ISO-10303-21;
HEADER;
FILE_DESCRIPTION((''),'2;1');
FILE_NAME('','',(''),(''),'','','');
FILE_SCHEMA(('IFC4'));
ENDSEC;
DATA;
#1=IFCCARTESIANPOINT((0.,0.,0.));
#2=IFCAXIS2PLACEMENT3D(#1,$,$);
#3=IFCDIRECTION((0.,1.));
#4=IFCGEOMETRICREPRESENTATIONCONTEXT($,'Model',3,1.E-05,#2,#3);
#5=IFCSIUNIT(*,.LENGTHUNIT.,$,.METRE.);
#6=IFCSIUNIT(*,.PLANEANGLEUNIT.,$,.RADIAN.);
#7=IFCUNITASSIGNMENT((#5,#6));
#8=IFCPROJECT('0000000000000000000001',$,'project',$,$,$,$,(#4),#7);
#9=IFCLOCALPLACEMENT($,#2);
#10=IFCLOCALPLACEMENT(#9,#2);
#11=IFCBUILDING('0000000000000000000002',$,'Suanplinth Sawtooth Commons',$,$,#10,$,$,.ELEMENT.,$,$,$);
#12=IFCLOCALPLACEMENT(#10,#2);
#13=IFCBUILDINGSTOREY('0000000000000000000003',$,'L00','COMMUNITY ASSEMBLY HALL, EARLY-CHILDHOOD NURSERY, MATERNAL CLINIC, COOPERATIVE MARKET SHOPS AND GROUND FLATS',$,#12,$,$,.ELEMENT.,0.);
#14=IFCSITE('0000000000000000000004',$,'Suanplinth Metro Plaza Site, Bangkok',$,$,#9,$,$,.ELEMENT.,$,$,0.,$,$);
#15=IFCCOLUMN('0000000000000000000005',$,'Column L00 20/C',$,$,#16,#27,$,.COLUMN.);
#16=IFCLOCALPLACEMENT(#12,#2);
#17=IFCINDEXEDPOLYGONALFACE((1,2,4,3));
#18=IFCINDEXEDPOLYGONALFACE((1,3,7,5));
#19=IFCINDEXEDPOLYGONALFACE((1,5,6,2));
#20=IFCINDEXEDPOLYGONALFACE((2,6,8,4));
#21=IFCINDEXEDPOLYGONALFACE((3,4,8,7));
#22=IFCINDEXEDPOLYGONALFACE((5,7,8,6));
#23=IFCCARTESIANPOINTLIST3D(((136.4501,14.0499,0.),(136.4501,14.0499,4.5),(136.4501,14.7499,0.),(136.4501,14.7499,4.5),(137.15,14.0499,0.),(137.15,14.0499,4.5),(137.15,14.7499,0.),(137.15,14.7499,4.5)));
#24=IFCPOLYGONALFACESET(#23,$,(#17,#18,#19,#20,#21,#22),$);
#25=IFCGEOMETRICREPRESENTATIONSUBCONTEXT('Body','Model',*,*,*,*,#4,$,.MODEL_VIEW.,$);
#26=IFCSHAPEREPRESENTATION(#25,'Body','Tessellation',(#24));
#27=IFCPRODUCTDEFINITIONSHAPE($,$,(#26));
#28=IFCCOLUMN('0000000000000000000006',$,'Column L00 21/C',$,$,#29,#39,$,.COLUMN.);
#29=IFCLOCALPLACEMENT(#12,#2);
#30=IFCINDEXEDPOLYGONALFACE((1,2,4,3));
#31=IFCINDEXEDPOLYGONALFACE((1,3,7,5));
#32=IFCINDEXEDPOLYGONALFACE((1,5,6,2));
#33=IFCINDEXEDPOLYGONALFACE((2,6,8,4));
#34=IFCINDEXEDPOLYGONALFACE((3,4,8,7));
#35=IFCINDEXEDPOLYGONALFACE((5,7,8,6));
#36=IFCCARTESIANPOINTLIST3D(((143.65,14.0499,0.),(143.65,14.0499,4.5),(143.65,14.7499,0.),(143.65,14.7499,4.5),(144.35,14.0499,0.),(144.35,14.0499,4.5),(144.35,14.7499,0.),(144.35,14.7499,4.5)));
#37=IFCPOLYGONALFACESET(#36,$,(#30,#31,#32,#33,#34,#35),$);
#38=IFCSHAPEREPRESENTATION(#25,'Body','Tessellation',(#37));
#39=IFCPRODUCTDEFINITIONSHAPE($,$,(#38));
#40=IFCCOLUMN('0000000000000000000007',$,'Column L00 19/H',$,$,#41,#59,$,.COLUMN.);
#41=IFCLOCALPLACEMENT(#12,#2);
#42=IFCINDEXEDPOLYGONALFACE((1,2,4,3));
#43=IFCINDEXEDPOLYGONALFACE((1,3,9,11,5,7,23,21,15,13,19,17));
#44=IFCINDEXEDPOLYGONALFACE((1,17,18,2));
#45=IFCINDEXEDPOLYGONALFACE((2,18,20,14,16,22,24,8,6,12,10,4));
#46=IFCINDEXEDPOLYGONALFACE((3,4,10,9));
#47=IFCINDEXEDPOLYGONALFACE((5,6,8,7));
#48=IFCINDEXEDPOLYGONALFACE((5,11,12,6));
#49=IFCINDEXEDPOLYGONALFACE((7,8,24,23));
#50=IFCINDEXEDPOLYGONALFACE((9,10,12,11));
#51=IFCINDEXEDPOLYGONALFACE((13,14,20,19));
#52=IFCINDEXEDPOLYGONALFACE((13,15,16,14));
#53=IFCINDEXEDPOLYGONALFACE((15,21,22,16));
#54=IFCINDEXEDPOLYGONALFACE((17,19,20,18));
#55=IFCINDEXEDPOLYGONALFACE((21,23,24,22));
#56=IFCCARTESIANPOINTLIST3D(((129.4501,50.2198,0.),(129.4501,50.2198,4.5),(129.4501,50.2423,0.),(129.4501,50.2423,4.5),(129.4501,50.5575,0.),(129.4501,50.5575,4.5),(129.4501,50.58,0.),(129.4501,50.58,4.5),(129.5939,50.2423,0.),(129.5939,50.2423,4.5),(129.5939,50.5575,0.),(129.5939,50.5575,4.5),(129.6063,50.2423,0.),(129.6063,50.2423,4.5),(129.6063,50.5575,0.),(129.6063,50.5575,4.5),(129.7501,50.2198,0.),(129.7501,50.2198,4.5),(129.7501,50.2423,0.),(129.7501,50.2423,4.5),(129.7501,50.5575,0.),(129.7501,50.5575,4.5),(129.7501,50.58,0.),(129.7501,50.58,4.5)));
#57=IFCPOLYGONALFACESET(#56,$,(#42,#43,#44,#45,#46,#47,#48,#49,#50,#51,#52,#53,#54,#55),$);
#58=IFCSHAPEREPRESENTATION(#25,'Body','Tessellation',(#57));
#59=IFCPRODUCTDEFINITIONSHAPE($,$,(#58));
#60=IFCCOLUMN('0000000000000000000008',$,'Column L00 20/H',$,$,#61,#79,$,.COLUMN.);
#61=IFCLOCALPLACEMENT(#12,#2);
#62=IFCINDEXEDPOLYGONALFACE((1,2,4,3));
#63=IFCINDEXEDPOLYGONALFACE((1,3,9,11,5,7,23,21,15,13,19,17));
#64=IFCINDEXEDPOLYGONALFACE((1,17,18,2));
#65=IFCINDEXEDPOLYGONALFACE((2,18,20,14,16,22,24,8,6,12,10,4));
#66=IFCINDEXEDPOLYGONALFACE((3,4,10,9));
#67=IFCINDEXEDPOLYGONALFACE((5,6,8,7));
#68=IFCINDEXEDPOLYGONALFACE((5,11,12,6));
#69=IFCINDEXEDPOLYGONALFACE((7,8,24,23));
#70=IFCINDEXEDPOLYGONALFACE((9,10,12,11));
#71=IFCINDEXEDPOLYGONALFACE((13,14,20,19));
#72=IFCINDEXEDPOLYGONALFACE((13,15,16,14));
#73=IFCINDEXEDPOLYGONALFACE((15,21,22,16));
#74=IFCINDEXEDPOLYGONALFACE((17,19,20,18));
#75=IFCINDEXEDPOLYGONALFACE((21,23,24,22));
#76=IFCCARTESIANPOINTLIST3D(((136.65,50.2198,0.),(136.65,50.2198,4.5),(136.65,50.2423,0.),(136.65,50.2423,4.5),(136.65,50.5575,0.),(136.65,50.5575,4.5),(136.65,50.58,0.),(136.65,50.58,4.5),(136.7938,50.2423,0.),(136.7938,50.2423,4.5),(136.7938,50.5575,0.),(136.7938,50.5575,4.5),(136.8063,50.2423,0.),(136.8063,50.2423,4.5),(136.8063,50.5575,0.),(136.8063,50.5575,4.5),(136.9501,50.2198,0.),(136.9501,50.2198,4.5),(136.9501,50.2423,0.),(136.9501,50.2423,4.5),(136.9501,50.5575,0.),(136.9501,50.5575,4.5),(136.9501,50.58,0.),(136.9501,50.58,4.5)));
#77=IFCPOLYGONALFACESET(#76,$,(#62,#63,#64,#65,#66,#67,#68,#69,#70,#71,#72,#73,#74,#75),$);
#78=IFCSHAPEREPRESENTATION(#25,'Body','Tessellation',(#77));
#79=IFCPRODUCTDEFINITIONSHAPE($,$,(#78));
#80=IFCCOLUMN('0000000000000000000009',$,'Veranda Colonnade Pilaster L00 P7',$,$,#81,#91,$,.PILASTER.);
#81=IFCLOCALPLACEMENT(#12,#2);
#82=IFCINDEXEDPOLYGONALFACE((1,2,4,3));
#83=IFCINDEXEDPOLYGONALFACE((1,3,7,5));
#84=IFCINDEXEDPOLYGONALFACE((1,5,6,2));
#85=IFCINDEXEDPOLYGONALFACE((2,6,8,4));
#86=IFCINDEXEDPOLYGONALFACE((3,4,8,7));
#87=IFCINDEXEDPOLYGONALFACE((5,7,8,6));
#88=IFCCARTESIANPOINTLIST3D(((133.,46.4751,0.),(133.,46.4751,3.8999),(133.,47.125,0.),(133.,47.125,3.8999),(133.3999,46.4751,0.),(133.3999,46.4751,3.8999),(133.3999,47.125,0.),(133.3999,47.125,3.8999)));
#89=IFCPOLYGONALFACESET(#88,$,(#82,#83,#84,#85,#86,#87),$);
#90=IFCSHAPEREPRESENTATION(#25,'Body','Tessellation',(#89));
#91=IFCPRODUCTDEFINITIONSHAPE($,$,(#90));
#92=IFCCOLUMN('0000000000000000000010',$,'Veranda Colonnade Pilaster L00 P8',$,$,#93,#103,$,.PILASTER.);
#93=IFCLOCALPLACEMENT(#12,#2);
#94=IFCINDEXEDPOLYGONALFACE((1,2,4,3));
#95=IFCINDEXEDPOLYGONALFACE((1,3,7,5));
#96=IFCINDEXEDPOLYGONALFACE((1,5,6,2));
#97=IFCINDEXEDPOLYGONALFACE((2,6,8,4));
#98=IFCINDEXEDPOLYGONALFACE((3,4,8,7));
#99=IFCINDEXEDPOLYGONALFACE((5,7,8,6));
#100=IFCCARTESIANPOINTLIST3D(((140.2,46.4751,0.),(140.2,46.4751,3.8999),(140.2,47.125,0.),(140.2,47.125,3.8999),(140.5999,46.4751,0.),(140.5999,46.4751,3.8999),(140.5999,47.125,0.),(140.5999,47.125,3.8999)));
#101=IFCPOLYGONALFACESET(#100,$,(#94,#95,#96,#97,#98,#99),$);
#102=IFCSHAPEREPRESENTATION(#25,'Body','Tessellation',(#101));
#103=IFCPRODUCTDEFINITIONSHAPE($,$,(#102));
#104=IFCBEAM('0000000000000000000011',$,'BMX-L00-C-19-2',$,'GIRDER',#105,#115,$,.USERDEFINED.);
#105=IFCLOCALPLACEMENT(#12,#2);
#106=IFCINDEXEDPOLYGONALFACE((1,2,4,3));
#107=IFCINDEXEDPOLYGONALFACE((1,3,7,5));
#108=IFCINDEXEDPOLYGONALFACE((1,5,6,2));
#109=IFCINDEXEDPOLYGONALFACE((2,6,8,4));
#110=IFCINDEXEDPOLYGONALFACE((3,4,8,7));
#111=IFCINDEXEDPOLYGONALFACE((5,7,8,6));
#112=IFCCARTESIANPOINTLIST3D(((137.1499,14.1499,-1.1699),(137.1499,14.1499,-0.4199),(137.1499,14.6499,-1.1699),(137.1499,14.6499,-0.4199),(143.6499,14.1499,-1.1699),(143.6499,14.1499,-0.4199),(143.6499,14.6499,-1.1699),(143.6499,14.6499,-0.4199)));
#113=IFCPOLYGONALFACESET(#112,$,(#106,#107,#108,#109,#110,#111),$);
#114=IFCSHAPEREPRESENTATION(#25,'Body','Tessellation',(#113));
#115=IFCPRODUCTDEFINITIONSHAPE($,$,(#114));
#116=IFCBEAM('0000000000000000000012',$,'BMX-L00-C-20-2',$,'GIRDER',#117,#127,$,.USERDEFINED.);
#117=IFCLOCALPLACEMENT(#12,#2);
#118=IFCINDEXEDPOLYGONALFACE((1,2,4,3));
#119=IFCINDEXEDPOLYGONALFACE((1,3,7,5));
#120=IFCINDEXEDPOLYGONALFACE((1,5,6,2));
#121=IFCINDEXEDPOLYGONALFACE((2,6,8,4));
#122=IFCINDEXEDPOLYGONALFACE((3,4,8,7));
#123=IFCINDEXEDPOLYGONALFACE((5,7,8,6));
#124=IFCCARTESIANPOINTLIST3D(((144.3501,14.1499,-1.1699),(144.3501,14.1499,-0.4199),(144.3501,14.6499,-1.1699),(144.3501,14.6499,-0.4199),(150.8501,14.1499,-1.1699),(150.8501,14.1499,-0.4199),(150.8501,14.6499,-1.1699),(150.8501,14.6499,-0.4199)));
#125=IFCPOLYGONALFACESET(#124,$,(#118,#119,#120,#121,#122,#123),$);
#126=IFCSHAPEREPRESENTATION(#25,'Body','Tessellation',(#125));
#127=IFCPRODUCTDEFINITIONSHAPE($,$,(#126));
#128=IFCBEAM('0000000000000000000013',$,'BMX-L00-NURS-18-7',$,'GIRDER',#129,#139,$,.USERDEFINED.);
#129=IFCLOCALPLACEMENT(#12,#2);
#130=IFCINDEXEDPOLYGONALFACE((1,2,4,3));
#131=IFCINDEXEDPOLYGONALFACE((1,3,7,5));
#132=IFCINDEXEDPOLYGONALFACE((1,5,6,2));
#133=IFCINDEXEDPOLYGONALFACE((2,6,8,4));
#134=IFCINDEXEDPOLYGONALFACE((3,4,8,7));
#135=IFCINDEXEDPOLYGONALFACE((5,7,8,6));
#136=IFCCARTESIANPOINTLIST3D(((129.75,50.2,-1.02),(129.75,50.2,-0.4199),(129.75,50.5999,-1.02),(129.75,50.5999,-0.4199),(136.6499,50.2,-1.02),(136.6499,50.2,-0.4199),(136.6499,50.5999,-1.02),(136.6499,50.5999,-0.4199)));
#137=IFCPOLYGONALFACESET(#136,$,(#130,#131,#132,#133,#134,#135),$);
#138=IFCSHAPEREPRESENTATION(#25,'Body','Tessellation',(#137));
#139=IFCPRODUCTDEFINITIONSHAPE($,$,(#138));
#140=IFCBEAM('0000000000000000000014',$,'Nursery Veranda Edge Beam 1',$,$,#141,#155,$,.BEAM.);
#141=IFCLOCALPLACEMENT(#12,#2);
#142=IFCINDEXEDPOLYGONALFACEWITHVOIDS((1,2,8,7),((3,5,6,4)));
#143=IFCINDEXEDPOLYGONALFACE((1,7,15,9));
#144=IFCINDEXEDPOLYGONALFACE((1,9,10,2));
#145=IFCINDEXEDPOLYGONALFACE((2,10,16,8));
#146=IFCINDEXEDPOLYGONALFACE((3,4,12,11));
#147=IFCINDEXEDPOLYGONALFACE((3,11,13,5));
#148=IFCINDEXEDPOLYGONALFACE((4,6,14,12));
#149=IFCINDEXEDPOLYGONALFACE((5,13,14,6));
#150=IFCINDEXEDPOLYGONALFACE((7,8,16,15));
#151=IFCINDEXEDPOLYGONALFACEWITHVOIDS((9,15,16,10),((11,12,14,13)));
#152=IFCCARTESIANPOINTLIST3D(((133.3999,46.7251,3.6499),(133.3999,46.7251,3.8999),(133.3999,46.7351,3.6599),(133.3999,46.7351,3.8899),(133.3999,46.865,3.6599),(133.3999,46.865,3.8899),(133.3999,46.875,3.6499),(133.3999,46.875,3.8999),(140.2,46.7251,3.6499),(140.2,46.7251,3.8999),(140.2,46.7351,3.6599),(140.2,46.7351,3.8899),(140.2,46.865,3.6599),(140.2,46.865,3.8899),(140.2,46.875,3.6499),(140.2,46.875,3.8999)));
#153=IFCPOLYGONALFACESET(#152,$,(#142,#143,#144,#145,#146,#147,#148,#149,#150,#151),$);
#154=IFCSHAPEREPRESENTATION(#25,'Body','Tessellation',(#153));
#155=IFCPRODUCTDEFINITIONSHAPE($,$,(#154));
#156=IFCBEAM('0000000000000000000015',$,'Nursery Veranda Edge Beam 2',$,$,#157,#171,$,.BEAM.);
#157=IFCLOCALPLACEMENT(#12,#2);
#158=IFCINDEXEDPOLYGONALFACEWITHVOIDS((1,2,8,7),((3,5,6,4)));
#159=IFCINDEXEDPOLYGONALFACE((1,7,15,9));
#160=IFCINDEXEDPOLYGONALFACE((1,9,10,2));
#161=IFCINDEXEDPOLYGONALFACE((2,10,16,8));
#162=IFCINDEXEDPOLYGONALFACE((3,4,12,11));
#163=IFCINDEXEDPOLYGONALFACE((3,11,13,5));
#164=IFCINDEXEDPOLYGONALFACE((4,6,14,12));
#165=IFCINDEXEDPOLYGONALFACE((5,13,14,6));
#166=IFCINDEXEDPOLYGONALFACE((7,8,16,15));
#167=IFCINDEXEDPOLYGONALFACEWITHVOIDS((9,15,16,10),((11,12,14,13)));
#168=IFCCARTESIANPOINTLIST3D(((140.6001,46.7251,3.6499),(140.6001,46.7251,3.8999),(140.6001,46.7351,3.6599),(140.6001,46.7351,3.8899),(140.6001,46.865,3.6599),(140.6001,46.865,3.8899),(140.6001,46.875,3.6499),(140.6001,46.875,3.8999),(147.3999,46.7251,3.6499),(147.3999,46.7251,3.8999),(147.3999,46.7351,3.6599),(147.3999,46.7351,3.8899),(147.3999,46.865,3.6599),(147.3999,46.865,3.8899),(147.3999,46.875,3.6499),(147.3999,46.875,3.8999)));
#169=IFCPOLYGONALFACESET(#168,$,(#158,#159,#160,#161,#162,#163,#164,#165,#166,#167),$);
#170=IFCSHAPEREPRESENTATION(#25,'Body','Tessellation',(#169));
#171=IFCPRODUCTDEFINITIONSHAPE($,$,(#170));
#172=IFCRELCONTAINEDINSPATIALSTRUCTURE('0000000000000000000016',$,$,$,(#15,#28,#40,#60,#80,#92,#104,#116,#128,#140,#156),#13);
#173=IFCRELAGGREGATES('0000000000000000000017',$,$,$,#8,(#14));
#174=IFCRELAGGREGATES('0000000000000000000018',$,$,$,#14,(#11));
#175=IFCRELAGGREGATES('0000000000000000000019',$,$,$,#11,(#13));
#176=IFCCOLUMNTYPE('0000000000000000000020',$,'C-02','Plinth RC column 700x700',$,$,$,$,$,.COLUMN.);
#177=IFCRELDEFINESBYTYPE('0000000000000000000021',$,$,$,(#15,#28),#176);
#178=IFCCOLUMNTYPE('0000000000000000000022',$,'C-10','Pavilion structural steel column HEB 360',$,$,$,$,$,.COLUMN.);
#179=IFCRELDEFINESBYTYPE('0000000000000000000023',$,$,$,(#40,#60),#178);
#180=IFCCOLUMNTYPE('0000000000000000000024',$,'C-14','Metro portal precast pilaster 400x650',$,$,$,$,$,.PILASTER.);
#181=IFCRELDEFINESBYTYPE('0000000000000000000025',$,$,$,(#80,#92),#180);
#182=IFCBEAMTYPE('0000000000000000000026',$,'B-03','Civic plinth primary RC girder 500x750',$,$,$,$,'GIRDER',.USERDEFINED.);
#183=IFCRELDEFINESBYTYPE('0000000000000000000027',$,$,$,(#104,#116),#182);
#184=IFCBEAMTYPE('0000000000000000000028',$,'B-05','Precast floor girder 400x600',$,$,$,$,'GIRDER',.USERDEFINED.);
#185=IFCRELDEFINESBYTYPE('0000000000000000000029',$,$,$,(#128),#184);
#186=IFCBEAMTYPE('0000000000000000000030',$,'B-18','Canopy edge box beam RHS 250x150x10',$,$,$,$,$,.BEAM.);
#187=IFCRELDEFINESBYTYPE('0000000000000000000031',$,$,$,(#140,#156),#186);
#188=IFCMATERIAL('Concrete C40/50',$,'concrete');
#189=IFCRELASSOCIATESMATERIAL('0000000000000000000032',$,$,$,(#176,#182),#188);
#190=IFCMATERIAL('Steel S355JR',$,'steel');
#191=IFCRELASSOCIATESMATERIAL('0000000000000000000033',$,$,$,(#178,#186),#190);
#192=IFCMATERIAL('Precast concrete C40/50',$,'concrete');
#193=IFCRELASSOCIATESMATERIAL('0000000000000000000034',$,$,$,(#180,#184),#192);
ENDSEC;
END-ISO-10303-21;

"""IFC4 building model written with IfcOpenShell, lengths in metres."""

from ifc_helpers import new_model, si_unit, direction, frame, origin, origin_2d, place, context, subcontext, project, spatial, rectangle, hollow_rectangle, i_section, extrude, material, material_profile, profile_set, type_object, element, save


model = new_model("IFC4")

# Units and contexts
model_context = context("Model", 3, precision=1e-05, world=origin(), true_north=direction((0.0, 1.0)))
body_context = subcontext(model_context, "Body", "Model", "MODEL_VIEW")
ifc_project = project(units=[si_unit("LENGTHUNIT", "METRE"), si_unit("PLANEANGLEUNIT", "RADIAN")], contexts=[model_context])

# Site, building, storey
site_placement = place(None, origin())
site = spatial("IfcSite", under=ifc_project, at=site_placement, Name="Suanplinth Metro Plaza Site, Bangkok", CompositionType="ELEMENT", RefElevation=0.0)
building_placement = place(site_placement, origin())
building = spatial("IfcBuilding", under=site, at=building_placement, Name="Suanplinth Sawtooth Commons", CompositionType="ELEMENT")
storey_placement = place(building_placement, origin())
storey = spatial("IfcBuildingStorey", under=building, at=storey_placement, Name="L00", Description="COMMUNITY ASSEMBLY HALL, EARLY-CHILDHOOD NURSERY, MATERNAL CLINIC, COOPERATIVE MARKET SHOPS AND GROUND FLATS", CompositionType="ELEMENT", Elevation=0.0)

# Columns
ifc_material_1 = material(Name="Concrete C40/50", Category="concrete")
ifc_material_profile_1 = material_profile(ifc_material_1, rectangle(XDim=0.7, YDim=0.7, at=origin_2d()), Name="RC-COL 700x700")
ifc_profile_set_1 = profile_set([ifc_material_profile_1], Name="Concrete C40/50")
column_type_1 = type_object("IfcColumnType", Name="C-02", Description="Plinth RC column 700x700", PredefinedType="COLUMN", material=ifc_profile_set_1)
for number, where, z_axis, x_axis, name in (
    (1, (136.8, 14.3999, 0.0), (0.0, 0.0, 1.0), (1.0, 0.0, 0.0), "Column L00 20/C"),
    (2, (144.0, 14.3999, 0.0), (0.0, 0.0, 1.0), (1.0, 0.0, 0.0), "Column L00 21/C"),
):
    element("IfcColumn", number, at=place(storey_placement, frame(where, z_axis=z_axis, x_axis=x_axis)), inside=storey, type_object=column_type_1, Name=name, PredefinedType="COLUMN", context=body_context, shape_type="SweptSolid", body=[
        extrude(rectangle(XDim=0.7, YDim=0.7, at=origin_2d()), origin(), (0.0, 0.0, 1.0), 4.5),
    ])
ifc_material_2 = material(Name="Steel S355JR", Category="steel")
ifc_material_profile_2 = material_profile(ifc_material_2, i_section(OverallWidth=0.3, OverallDepth=0.3601, WebThickness=0.0125, FlangeThickness=0.0225, at=origin_2d()), Name="HEB 360")
ifc_profile_set_2 = profile_set([ifc_material_profile_2], Name="Steel S355JR")
column_type_2 = type_object("IfcColumnType", Name="C-10", Description="Pavilion structural steel column HEB 360", PredefinedType="COLUMN", material=ifc_profile_set_2)
for number, where, z_axis, x_axis, name in (
    (3, (129.6001, 50.3999, 0.0), (0.0, 0.0, 1.0), (1.0, 0.0, 0.0), "Column L00 19/H"),
    (4, (136.8, 50.3999, 0.0), (0.0, 0.0, 1.0), (1.0, 0.0, 0.0), "Column L00 20/H"),
):
    element("IfcColumn", number, at=place(storey_placement, frame(where, z_axis=z_axis, x_axis=x_axis)), inside=storey, type_object=column_type_2, Name=name, PredefinedType="COLUMN", context=body_context, shape_type="SweptSolid", body=[
        extrude(i_section(OverallWidth=0.3, OverallDepth=0.3601, WebThickness=0.0125, FlangeThickness=0.0225, at=origin_2d()), origin(), (0.0, 0.0, 1.0), 4.5),
    ])
ifc_material_3 = material(Name="Precast concrete C40/50", Category="concrete")
ifc_material_profile_3 = material_profile(ifc_material_3, rectangle(XDim=0.3999, YDim=0.6499, at=origin_2d()), Name="PC-PIL 400x650")
ifc_profile_set_3 = profile_set([ifc_material_profile_3], Name="Precast concrete C40/50")
column_type_3 = type_object("IfcColumnType", Name="C-14", Description="Metro portal precast pilaster 400x650", PredefinedType="PILASTER", material=ifc_profile_set_3)
for number, where, z_axis, x_axis, name in (
    (5, (133.2, 46.8, 0.0), (0.0, 0.0, 1.0), (1.0, 0.0, 0.0), "Veranda Colonnade Pilaster L00 P7"),
    (6, (140.3999, 46.8, 0.0), (0.0, 0.0, 1.0), (1.0, 0.0, 0.0), "Veranda Colonnade Pilaster L00 P8"),
):
    element("IfcColumn", number, at=place(storey_placement, frame(where, z_axis=z_axis, x_axis=x_axis)), inside=storey, type_object=column_type_3, Name=name, PredefinedType="PILASTER", context=body_context, shape_type="SweptSolid", body=[
        extrude(rectangle(XDim=0.3999, YDim=0.6499, at=origin_2d()), origin(), (0.0, 0.0, 1.0), 3.8999),
    ])

# Beams
ifc_material_profile_4 = material_profile(ifc_material_1, rectangle(XDim=0.5, YDim=0.75, at=origin_2d()), Name="RC-GDR 500x750")
ifc_profile_set_4 = profile_set([ifc_material_profile_4], Name="Concrete C40/50")
beam_type_1 = type_object("IfcBeamType", Name="B-03", Description="Civic plinth primary RC girder 500x750", ElementType="GIRDER", PredefinedType="USERDEFINED", material=ifc_profile_set_4)
for number, where, z_axis, x_axis, name in (
    (7, (137.1499, 14.3999, -0.7949), (1.0, 0.0, 0.0), (0.0, 1.0, 0.0), "BMX-L00-C-19-2"),
    (8, (144.3501, 14.3999, -0.7949), (1.0, 0.0, 0.0), (0.0, 1.0, 0.0), "BMX-L00-C-20-2"),
):
    element("IfcBeam", number, at=place(storey_placement, frame(where, z_axis=z_axis, x_axis=x_axis)), inside=storey, type_object=beam_type_1, Name=name, ObjectType="GIRDER", PredefinedType="USERDEFINED", context=body_context, shape_type="SweptSolid", body=[
        extrude(rectangle(XDim=0.5, YDim=0.75, at=origin_2d()), origin(), (0.0, 0.0, 1.0), 6.5),
    ])
ifc_material_profile_5 = material_profile(ifc_material_3, rectangle(XDim=0.3999, YDim=0.6001, at=origin_2d()), Name="PC-GDR 400x600")
ifc_profile_set_5 = profile_set([ifc_material_profile_5], Name="Precast concrete C40/50")
beam_type_2 = type_object("IfcBeamType", Name="B-05", Description="Precast floor girder 400x600", ElementType="GIRDER", PredefinedType="USERDEFINED", material=ifc_profile_set_5)
beam_1_placement = place(storey_placement, frame((129.75, 50.3999, -0.72), z_axis=(1.0, 0.0, 0.0), x_axis=(0.0, 1.0, 0.0)))
element("IfcBeam", 9, at=beam_1_placement, inside=storey, type_object=beam_type_2, Name="BMX-L00-NURS-18-7", ObjectType="GIRDER", PredefinedType="USERDEFINED", context=body_context, shape_type="SweptSolid", body=[
    extrude(rectangle(XDim=0.3999, YDim=0.6001, at=origin_2d()), origin(), (0.0, 0.0, 1.0), 6.8999),
])
ifc_material_profile_6 = material_profile(ifc_material_2, hollow_rectangle(XDim=0.1499, YDim=0.25, WallThickness=0.01, at=origin_2d()), Name="RHS 250x150x10")
ifc_profile_set_6 = profile_set([ifc_material_profile_6], Name="Steel S355JR")
beam_type_3 = type_object("IfcBeamType", Name="B-18", Description="Canopy edge box beam RHS 250x150x10", PredefinedType="BEAM", material=ifc_profile_set_6)
beam_2_placement = place(storey_placement, frame((133.3999, 46.8, 3.7749), z_axis=(1.0, 0.0, 0.0), x_axis=(0.0, 1.0, 0.0)))
element("IfcBeam", 10, at=beam_2_placement, inside=storey, type_object=beam_type_3, Name="Nursery Veranda Edge Beam 1", PredefinedType="BEAM", context=body_context, shape_type="SweptSolid", body=[
    extrude(hollow_rectangle(XDim=0.1499, YDim=0.25, WallThickness=0.01, at=origin_2d()), origin(), (0.0, 0.0, 1.0), 6.8),
])
beam_3_placement = place(storey_placement, frame((140.6001, 46.8, 3.7749), z_axis=(1.0, 0.0, 0.0), x_axis=(0.0, 1.0, 0.0)))
element("IfcBeam", 11, at=beam_3_placement, inside=storey, type_object=beam_type_3, Name="Nursery Veranda Edge Beam 2", PredefinedType="BEAM", context=body_context, shape_type="SweptSolid", body=[
    extrude(hollow_rectangle(XDim=0.1499, YDim=0.25, WallThickness=0.01, at=origin_2d()), origin(), (0.0, 0.0, 1.0), 6.7998),
])

save(model, "model.ifc")
